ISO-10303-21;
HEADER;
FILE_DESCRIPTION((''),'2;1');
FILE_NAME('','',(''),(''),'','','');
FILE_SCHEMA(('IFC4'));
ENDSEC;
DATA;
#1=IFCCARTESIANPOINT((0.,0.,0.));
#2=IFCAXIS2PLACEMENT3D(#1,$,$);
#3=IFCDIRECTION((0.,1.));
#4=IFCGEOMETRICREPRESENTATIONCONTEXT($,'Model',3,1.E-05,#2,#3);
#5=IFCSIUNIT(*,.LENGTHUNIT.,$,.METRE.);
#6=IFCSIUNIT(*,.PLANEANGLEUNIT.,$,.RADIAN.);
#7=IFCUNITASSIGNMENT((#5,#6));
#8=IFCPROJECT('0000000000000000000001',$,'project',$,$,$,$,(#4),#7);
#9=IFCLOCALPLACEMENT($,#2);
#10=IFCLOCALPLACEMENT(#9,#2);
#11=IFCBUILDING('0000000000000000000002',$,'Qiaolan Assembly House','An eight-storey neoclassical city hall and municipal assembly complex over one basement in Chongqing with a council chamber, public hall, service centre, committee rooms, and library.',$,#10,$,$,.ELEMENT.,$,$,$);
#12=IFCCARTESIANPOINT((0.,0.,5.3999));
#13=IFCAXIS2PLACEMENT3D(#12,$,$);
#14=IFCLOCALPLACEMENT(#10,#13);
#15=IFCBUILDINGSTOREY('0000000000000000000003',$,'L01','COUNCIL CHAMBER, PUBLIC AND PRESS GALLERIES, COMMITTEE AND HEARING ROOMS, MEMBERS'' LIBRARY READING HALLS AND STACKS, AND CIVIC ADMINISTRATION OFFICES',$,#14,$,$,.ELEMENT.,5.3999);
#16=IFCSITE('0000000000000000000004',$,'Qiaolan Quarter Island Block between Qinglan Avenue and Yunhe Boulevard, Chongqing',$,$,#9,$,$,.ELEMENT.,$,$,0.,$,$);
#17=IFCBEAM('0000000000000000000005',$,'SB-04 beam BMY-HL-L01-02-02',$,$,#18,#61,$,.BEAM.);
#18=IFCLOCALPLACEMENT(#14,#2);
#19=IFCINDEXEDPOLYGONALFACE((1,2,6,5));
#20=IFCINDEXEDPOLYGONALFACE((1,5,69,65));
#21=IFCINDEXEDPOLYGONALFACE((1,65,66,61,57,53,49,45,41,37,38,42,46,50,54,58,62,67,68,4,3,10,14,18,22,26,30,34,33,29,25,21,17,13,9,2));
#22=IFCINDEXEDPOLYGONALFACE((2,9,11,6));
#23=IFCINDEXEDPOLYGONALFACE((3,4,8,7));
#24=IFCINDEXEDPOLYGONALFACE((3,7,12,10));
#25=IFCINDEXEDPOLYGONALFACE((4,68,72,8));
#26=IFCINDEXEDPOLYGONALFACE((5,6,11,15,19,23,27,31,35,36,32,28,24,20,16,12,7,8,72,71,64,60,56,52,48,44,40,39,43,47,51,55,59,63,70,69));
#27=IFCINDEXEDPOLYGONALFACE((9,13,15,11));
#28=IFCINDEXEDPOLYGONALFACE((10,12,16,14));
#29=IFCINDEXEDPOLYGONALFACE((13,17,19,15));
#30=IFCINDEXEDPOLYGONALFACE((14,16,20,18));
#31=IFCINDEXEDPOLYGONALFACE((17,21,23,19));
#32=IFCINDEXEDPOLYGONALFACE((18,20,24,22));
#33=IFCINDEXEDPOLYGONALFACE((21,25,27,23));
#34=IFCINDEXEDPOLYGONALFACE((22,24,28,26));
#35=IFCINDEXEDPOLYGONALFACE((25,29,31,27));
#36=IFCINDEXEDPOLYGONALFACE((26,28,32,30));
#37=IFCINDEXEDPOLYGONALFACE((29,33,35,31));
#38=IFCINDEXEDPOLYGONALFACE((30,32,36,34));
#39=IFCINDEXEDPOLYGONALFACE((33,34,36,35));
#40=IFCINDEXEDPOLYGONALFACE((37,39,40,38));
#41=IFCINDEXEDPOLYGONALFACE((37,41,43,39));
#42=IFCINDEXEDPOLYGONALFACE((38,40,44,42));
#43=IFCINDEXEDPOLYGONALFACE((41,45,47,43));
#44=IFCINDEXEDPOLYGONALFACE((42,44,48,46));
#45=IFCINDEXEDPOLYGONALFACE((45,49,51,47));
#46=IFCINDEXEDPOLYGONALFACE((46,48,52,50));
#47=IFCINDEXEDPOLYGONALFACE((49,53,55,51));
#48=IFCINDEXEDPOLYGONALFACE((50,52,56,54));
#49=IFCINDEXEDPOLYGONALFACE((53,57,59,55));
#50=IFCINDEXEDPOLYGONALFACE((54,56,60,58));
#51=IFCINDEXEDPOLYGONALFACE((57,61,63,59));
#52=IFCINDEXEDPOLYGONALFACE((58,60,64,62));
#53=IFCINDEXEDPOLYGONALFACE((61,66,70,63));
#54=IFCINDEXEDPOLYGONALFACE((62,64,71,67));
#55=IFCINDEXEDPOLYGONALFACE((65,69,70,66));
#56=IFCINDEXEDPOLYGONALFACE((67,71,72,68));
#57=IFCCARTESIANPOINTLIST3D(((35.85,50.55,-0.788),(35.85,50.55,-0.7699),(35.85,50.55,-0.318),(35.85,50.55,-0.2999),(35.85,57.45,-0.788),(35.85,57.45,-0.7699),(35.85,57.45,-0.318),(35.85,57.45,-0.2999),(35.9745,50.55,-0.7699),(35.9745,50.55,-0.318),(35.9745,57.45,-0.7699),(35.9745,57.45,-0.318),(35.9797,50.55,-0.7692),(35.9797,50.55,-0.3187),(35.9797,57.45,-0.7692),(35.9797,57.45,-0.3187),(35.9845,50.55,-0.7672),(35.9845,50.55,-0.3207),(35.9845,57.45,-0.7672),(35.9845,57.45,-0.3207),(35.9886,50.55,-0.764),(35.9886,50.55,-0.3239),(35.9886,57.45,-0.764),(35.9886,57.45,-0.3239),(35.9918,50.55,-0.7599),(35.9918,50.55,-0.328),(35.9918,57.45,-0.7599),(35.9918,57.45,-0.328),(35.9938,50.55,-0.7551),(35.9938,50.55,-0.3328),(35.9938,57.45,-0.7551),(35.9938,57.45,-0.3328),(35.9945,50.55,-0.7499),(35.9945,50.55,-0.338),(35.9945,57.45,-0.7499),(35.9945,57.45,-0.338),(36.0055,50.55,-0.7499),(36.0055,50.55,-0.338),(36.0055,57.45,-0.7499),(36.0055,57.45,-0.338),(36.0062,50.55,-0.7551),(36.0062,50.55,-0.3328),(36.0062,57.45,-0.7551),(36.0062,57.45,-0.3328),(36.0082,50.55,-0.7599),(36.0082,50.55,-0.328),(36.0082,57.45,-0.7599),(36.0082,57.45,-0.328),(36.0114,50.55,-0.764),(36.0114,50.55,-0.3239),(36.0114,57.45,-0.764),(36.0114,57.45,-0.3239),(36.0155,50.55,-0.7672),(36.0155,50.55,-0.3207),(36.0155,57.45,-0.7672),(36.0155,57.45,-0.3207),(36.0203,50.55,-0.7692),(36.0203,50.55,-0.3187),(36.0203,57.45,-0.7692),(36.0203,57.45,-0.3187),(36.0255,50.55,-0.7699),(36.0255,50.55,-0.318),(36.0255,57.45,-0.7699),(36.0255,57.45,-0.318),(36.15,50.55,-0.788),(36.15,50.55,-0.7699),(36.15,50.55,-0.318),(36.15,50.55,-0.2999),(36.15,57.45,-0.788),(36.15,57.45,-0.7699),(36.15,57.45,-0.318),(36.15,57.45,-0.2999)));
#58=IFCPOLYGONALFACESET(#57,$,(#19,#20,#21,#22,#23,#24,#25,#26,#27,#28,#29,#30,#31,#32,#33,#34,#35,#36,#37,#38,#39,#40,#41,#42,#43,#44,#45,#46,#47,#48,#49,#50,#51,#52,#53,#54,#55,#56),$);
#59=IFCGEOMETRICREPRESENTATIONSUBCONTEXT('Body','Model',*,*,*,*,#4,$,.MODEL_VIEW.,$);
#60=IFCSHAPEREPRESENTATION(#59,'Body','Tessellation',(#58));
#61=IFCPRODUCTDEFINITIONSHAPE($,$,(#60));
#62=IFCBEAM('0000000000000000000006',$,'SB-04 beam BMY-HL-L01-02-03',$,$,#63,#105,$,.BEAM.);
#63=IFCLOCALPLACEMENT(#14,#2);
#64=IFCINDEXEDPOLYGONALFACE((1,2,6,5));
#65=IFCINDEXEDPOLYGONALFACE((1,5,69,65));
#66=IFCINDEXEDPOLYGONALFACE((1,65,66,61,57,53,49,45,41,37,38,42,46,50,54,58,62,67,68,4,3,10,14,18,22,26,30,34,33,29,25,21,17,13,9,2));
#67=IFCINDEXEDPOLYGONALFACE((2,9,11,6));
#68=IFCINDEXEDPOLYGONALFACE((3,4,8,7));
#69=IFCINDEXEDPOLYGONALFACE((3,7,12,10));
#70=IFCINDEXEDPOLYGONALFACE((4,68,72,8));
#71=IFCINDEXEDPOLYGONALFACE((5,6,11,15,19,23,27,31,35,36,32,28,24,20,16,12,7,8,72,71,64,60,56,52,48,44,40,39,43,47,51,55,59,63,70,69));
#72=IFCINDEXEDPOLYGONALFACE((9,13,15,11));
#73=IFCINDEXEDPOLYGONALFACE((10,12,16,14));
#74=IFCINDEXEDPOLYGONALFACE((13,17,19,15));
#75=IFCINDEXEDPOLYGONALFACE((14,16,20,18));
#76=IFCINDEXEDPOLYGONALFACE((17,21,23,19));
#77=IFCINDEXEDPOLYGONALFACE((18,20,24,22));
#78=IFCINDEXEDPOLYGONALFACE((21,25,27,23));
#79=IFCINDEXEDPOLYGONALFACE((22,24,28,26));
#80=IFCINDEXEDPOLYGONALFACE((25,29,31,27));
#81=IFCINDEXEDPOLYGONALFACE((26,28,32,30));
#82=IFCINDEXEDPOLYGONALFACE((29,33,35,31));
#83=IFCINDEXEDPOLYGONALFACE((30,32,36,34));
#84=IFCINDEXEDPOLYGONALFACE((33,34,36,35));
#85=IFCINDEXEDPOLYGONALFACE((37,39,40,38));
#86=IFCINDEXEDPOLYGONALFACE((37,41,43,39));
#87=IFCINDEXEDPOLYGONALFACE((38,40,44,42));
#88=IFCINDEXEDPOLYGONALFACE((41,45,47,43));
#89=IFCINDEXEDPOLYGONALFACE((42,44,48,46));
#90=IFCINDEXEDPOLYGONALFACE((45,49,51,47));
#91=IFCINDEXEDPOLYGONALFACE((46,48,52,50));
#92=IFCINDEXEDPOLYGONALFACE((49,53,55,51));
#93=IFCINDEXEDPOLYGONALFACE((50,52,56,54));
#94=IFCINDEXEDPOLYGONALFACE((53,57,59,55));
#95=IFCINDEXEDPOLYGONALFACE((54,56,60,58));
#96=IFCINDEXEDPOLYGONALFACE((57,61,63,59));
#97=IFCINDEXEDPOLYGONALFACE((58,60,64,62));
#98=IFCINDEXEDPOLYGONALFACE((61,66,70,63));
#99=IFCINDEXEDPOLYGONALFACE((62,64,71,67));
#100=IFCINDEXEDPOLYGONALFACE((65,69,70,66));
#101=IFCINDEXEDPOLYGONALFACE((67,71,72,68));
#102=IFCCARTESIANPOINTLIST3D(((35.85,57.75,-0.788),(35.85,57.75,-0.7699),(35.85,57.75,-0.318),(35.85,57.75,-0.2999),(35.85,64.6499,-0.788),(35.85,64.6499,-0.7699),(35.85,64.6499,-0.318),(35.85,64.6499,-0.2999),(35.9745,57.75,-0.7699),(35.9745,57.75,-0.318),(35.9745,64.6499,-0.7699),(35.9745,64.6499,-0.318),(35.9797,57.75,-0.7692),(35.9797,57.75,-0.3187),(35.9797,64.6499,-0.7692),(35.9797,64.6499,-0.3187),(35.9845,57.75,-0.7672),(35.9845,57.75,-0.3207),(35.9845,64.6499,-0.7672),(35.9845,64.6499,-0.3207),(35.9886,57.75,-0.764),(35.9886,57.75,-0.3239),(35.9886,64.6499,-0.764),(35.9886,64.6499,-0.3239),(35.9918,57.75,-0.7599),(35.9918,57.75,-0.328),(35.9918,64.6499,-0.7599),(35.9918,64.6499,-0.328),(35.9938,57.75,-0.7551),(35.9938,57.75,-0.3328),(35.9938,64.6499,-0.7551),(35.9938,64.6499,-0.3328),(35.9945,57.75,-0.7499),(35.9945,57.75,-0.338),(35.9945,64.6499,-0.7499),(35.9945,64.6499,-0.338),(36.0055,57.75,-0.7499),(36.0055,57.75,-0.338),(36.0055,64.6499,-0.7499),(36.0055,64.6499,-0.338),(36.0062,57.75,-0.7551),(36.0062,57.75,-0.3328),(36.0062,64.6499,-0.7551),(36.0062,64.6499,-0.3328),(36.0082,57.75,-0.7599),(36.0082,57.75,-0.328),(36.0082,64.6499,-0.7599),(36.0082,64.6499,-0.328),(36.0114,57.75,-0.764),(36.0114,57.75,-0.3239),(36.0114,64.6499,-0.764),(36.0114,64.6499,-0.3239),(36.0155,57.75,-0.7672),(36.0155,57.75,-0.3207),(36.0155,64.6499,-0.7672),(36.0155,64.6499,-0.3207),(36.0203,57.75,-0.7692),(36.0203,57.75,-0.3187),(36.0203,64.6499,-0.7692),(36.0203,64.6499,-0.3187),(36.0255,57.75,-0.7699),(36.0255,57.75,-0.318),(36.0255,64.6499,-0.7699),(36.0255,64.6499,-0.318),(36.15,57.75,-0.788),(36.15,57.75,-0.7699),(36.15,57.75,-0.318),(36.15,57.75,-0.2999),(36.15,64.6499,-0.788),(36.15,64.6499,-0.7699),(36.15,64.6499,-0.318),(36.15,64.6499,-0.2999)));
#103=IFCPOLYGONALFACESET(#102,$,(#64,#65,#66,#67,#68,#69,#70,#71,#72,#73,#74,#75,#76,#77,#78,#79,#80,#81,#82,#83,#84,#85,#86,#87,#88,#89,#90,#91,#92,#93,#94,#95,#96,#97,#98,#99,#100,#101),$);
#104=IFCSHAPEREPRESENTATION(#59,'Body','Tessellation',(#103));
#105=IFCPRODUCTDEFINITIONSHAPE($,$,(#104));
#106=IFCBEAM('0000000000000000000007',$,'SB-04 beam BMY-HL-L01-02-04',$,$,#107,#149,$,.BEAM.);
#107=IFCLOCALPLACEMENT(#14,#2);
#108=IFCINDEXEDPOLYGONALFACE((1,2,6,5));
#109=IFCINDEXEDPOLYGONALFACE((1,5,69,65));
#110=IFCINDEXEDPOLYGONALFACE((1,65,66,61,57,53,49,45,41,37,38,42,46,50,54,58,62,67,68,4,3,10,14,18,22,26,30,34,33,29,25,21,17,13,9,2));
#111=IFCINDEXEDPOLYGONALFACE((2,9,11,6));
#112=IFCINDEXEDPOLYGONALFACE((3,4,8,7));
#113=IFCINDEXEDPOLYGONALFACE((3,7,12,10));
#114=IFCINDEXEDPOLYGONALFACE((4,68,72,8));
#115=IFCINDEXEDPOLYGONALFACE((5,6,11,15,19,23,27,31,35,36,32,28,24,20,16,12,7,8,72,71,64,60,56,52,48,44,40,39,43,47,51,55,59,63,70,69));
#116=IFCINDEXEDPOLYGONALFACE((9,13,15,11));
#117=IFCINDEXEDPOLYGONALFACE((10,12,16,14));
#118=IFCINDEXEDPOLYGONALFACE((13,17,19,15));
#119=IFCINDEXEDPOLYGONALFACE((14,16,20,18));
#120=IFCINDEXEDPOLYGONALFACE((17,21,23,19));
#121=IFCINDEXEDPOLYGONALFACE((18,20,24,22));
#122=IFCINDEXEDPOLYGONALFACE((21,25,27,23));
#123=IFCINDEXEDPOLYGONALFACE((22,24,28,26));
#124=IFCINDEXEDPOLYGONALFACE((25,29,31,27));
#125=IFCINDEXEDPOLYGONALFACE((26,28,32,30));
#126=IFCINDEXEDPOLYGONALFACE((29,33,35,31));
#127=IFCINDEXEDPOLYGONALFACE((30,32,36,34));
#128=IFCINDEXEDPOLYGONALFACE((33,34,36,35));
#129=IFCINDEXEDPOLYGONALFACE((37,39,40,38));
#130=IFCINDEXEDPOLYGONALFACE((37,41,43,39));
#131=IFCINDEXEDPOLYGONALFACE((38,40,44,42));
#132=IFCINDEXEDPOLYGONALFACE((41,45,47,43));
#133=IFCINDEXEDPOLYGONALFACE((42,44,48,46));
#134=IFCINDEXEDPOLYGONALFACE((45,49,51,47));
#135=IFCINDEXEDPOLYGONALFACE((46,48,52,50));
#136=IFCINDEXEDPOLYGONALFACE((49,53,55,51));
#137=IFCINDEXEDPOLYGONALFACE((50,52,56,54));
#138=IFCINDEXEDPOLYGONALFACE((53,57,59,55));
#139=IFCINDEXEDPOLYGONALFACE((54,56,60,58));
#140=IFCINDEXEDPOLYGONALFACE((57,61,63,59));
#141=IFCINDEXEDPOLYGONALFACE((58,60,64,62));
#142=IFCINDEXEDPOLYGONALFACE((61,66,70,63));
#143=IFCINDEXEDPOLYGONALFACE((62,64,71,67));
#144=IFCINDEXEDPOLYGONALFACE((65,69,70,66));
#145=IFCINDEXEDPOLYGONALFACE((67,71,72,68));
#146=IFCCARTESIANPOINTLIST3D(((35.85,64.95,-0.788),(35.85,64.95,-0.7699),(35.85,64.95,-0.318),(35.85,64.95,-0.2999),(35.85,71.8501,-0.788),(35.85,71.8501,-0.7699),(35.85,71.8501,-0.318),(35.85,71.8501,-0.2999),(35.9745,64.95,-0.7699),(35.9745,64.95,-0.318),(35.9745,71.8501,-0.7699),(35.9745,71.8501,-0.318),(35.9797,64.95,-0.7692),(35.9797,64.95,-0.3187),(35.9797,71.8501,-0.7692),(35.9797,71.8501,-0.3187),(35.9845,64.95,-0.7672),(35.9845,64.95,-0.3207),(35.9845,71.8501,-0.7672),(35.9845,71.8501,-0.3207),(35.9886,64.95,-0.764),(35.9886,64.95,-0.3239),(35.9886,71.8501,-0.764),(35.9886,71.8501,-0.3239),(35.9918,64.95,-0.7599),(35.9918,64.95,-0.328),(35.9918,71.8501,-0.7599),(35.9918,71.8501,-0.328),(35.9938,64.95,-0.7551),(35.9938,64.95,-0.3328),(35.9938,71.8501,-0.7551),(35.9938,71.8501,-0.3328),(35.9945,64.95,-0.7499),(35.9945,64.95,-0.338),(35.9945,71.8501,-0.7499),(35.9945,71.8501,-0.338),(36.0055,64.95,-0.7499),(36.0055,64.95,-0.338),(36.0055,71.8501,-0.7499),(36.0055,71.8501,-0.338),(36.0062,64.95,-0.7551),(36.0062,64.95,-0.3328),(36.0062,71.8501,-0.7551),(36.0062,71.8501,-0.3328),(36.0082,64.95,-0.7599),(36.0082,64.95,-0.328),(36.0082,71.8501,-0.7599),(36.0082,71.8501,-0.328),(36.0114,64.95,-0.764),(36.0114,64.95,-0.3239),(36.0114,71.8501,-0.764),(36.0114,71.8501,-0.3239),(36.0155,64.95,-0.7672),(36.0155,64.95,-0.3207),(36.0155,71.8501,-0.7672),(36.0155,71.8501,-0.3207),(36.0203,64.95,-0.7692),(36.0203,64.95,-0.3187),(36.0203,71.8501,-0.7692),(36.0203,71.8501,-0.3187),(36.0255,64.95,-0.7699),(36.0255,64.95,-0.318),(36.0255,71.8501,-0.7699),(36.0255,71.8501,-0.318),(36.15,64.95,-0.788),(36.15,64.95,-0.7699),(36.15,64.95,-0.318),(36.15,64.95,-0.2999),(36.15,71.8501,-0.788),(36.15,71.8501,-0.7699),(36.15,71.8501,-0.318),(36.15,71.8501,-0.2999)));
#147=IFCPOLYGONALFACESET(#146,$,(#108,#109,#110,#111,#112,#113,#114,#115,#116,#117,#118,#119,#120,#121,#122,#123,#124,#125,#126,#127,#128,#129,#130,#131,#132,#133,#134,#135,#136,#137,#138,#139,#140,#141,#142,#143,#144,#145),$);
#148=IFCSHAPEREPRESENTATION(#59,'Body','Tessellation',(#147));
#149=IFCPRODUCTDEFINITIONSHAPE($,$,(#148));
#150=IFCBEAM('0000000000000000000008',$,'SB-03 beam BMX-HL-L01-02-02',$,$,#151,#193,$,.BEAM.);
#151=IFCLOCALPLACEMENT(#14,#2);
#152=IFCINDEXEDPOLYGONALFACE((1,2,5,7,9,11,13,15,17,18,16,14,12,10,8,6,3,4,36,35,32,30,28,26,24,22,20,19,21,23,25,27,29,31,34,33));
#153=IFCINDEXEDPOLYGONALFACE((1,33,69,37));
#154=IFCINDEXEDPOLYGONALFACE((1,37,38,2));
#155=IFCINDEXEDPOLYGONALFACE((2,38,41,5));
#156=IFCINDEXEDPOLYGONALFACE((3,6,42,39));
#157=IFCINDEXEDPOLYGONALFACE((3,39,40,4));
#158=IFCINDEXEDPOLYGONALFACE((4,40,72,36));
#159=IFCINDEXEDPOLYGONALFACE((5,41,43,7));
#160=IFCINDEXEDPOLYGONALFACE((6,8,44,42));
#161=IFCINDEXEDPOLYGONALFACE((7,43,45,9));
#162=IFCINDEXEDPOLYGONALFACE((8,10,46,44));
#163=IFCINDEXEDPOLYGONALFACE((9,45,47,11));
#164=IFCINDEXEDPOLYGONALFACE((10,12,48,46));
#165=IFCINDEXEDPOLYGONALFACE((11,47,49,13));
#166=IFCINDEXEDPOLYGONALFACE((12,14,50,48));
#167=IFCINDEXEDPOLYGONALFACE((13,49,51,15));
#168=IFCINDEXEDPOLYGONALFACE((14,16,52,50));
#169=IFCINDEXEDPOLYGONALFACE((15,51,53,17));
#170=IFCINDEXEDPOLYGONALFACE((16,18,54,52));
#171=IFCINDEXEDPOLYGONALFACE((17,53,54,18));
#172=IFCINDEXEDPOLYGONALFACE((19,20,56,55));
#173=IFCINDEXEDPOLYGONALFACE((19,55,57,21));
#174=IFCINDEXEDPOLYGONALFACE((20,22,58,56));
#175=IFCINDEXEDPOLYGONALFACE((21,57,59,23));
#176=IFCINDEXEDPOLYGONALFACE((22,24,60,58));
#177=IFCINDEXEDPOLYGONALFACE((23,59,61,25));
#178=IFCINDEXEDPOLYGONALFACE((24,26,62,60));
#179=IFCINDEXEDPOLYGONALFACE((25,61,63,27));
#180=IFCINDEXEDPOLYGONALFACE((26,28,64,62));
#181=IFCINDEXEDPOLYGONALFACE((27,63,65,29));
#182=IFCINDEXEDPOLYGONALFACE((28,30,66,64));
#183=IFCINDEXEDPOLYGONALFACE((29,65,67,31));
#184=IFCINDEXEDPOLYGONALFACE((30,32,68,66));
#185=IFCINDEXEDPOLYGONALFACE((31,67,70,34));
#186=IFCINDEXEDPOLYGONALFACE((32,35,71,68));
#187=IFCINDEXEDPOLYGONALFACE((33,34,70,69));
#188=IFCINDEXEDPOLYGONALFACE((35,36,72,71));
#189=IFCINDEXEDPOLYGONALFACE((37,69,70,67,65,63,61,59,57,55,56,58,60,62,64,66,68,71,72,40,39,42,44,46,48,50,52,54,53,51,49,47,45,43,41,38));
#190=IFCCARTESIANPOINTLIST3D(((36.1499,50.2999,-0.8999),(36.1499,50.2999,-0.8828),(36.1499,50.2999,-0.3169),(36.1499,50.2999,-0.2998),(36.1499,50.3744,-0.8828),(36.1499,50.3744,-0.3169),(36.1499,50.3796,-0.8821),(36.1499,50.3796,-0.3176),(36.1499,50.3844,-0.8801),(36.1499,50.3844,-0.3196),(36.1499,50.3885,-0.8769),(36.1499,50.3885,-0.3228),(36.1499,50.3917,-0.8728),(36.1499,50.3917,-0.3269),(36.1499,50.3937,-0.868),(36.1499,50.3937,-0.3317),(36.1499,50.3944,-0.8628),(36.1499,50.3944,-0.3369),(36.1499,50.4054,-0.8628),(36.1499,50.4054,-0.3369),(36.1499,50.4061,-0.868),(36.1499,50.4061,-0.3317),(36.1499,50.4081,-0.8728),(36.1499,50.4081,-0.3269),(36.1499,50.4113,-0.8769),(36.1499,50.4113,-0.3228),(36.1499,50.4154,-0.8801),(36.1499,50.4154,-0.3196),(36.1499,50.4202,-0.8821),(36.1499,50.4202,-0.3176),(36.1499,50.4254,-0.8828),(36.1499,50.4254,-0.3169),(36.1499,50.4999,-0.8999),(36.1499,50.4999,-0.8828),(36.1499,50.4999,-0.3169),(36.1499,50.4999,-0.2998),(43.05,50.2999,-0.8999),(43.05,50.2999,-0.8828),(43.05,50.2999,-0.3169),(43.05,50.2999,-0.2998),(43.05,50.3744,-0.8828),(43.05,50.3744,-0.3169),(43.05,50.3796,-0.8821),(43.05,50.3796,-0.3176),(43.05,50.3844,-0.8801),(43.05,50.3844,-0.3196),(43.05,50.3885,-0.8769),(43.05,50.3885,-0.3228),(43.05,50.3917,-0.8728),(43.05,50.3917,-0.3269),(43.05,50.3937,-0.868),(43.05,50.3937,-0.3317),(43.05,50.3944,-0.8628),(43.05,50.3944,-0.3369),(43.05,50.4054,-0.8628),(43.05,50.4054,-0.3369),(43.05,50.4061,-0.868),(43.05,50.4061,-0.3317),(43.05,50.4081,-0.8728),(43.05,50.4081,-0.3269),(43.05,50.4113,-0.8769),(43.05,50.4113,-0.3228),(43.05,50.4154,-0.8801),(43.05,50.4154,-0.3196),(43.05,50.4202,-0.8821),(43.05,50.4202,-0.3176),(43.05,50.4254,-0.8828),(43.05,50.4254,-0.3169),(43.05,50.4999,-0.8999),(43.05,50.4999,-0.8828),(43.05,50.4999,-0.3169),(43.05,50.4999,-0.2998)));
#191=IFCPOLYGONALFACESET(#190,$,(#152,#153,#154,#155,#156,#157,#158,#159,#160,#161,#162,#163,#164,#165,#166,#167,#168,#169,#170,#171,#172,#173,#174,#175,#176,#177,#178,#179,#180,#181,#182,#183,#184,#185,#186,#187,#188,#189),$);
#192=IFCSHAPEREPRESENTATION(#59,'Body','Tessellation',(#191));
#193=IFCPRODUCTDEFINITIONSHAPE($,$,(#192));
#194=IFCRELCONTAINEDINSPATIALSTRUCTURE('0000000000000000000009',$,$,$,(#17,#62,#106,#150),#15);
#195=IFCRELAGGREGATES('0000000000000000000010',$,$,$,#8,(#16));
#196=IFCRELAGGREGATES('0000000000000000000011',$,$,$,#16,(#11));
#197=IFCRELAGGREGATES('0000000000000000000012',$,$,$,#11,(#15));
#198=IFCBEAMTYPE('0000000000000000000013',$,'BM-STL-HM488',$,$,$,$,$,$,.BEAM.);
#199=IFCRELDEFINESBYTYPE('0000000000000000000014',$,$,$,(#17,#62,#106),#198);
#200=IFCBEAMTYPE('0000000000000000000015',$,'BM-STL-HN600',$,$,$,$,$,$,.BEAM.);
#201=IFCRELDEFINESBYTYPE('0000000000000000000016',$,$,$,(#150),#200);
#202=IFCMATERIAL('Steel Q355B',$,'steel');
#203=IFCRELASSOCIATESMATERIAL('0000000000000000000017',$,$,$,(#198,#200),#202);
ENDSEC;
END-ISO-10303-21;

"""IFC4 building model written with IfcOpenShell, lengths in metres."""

from ifc_helpers import new_model, si_unit, direction, frame, origin, origin_2d, place, context, subcontext, project, spatial, i_section, extrude, material, material_profile, profile_set, type_object, element, save


model = new_model("IFC4")

# Units and contexts
model_context = context("Model", 3, precision=1e-05, world=origin(), true_north=direction((0.0, 1.0)))
body_context = subcontext(model_context, "Body", "Model", "MODEL_VIEW")
ifc_project = project(units=[si_unit("LENGTHUNIT", "METRE"), si_unit("PLANEANGLEUNIT", "RADIAN")], contexts=[model_context])

# Site, building, storey
site_placement = place(None, origin())
site = spatial("IfcSite", under=ifc_project, at=site_placement, Name="Qiaolan Quarter Island Block between Qinglan Avenue and Yunhe Boulevard, Chongqing", CompositionType="ELEMENT", RefElevation=0.0)
building_placement = place(site_placement, origin())
building = spatial("IfcBuilding", under=site, at=building_placement, Name="Qiaolan Assembly House", Description="An eight-storey neoclassical city hall and municipal assembly complex over one basement in Chongqing with a council chamber, public hall, service centre, committee rooms, and library.", CompositionType="ELEMENT")
storey_placement = place(building_placement, frame((0.0, 0.0, 5.3999)))
storey = spatial("IfcBuildingStorey", under=building, at=storey_placement, Name="L01", Description="COUNCIL CHAMBER, PUBLIC AND PRESS GALLERIES, COMMITTEE AND HEARING ROOMS, MEMBERS' LIBRARY READING HALLS AND STACKS, AND CIVIC ADMINISTRATION OFFICES", CompositionType="ELEMENT", Elevation=5.3999)

# Shared definitions
ifc_material = material(Name="Steel Q355B", Category="steel")

# Beams
ifc_material_profile_1 = material_profile(ifc_material, i_section(OverallWidth=0.3, OverallDepth=0.488, WebThickness=0.011, FlangeThickness=0.0181, FilletRadius=0.02, at=origin_2d()), Name="HM 488x300x11x18")
ifc_profile_set_1 = profile_set([ifc_material_profile_1], Name="Steel Q355B")
beam_type_1 = type_object("IfcBeamType", Name="BM-STL-HM488", PredefinedType="BEAM", material=ifc_profile_set_1)
for number, where, z_axis, x_axis, name in (
    (1, (36.0, 50.55, -0.5439), (0.0, 1.0, 0.0), (-1.0, 0.0, 0.0), "SB-04 beam BMY-HL-L01-02-02"),
    (2, (36.0, 57.75, -0.5439), (0.0, 1.0, 0.0), (-1.0, 0.0, 0.0), "SB-04 beam BMY-HL-L01-02-03"),
):
    element("IfcBeam", number, at=place(storey_placement, frame(where, z_axis=z_axis, x_axis=x_axis)), inside=storey, type_object=beam_type_1, Name=name, PredefinedType="BEAM", context=body_context, shape_type="SweptSolid", body=[
        extrude(i_section(OverallWidth=0.3, OverallDepth=0.488, WebThickness=0.011, FlangeThickness=0.0181, FilletRadius=0.02, at=origin_2d()), origin(), (0.0, 0.0, 1.0), 6.8999),
    ])
beam_1_placement = place(storey_placement, frame((36.0, 64.95, -0.5439), z_axis=(0.0, 1.0, 0.0), x_axis=(-1.0, 0.0, 0.0)))
element("IfcBeam", 3, at=beam_1_placement, inside=storey, type_object=beam_type_1, Name="SB-04 beam BMY-HL-L01-02-04", PredefinedType="BEAM", context=body_context, shape_type="SweptSolid", body=[
    extrude(i_section(OverallWidth=0.3, OverallDepth=0.488, WebThickness=0.011, FlangeThickness=0.0181, FilletRadius=0.02, at=origin_2d()), origin(), (0.0, 0.0, 1.0), 6.9001),
])
ifc_material_profile_2 = material_profile(ifc_material, i_section(OverallWidth=0.2, OverallDepth=0.6001, WebThickness=0.011, FlangeThickness=0.0171, FilletRadius=0.02, at=origin_2d()), Name="HN 600x200x11x17")
ifc_profile_set_2 = profile_set([ifc_material_profile_2], Name="Steel Q355B")
beam_type_2 = type_object("IfcBeamType", Name="BM-STL-HN600", PredefinedType="BEAM", material=ifc_profile_set_2)
beam_2_placement = place(storey_placement, frame((36.1499, 50.3999, -0.5999), z_axis=(1.0, 0.0, 0.0), x_axis=(0.0, 1.0, 0.0)))
element("IfcBeam", 4, at=beam_2_placement, inside=storey, type_object=beam_type_2, Name="SB-03 beam BMX-HL-L01-02-02", PredefinedType="BEAM", context=body_context, shape_type="SweptSolid", body=[
    extrude(i_section(OverallWidth=0.2, OverallDepth=0.6001, WebThickness=0.011, FlangeThickness=0.0171, FilletRadius=0.02, at=origin_2d()), origin(), (0.0, 0.0, 1.0), 6.9001),
])

save(model, "model.ifc")
